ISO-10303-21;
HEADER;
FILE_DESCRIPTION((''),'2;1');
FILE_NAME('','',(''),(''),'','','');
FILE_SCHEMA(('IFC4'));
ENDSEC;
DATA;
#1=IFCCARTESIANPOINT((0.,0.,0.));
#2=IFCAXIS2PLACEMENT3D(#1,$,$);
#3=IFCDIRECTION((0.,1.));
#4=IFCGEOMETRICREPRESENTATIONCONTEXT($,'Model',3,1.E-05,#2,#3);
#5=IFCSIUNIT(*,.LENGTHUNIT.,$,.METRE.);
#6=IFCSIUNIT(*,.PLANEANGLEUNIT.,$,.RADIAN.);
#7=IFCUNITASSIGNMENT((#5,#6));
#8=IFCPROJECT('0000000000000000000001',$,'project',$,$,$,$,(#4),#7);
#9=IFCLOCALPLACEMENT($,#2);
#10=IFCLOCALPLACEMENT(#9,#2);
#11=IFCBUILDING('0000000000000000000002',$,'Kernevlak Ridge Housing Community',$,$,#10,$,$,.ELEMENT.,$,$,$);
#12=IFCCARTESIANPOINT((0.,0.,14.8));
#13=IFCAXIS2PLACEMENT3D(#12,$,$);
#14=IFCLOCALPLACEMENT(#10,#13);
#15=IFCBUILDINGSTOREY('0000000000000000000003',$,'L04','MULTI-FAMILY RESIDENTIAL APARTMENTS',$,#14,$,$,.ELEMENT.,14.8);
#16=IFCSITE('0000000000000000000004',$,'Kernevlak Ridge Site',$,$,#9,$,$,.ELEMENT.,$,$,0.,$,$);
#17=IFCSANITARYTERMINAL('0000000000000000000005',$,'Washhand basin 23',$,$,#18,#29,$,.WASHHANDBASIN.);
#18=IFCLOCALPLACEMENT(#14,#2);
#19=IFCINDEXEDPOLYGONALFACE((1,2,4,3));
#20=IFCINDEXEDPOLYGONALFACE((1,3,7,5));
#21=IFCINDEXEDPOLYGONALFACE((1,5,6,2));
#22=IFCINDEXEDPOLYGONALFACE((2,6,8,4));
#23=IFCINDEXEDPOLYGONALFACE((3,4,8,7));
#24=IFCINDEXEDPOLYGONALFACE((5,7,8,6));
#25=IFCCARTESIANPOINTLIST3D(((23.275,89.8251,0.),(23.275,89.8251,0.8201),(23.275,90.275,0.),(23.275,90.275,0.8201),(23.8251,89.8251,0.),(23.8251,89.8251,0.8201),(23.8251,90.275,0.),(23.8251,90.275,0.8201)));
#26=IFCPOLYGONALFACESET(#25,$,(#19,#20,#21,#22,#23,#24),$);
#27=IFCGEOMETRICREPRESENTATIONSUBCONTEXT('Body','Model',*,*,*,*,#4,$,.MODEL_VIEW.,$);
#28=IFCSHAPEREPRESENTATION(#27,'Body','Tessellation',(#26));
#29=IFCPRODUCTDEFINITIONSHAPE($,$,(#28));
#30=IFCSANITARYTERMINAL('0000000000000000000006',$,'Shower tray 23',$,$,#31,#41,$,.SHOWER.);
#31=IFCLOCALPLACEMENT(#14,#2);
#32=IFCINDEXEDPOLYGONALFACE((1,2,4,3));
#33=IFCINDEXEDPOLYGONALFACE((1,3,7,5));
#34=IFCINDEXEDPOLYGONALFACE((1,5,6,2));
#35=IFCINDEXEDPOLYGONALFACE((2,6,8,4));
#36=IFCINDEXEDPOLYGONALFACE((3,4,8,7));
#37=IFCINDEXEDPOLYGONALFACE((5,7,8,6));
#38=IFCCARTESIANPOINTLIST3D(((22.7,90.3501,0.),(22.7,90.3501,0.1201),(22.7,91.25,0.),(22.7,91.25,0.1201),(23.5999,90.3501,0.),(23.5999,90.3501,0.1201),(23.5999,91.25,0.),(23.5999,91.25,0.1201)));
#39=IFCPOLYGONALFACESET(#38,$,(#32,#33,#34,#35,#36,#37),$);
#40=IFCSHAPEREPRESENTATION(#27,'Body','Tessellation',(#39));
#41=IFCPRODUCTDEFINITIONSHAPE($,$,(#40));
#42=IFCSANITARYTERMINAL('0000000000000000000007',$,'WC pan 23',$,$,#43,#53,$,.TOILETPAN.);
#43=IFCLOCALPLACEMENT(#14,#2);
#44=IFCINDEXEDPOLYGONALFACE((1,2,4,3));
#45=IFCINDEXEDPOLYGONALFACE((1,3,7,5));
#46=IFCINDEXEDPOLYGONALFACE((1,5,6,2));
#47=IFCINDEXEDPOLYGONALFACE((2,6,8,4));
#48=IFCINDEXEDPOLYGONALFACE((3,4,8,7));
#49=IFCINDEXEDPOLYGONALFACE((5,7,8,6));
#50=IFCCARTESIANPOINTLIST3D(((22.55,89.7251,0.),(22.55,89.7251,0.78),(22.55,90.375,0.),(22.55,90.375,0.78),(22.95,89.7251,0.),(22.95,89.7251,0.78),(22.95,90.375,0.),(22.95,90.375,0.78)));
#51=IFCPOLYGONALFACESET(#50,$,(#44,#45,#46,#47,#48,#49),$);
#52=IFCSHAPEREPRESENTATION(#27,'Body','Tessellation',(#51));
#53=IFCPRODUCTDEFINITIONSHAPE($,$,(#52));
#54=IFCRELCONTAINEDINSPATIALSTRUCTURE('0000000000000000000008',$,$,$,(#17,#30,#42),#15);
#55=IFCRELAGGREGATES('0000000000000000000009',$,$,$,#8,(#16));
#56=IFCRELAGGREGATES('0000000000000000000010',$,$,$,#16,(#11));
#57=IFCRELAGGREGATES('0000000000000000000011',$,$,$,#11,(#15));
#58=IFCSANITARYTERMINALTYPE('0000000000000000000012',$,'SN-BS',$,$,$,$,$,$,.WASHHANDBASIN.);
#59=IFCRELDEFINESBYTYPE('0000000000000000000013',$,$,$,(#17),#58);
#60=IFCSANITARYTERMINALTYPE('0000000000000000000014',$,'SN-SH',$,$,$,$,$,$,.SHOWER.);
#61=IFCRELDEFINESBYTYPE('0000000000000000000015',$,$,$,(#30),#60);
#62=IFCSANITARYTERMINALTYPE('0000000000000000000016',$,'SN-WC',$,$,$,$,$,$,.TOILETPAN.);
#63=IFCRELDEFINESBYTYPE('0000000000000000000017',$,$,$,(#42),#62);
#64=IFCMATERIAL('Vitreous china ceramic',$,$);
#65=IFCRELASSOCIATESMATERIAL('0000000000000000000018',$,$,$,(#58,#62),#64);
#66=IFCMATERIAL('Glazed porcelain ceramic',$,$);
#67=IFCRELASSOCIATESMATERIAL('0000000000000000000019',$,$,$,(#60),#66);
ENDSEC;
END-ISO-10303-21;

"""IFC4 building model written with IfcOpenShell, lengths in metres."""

from ifc_helpers import new_model, si_unit, direction, frame, origin, origin_2d, place, context, subcontext, project, spatial, rectangle, extrude, material, type_object, element, save


model = new_model("IFC4")

# Units and contexts
model_context = context("Model", 3, precision=1e-05, world=origin(), true_north=direction((0.0, 1.0)))
body_context = subcontext(model_context, "Body", "Model", "MODEL_VIEW")
ifc_project = project(units=[si_unit("LENGTHUNIT", "METRE"), si_unit("PLANEANGLEUNIT", "RADIAN")], contexts=[model_context])

# Site, building, storey
site_placement = place(None, origin())
site = spatial("IfcSite", under=ifc_project, at=site_placement, Name="Kernevlak Ridge Site", CompositionType="ELEMENT", RefElevation=0.0)
building_placement = place(site_placement, origin())
building = spatial("IfcBuilding", under=site, at=building_placement, Name="Kernevlak Ridge Housing Community", CompositionType="ELEMENT")
storey_placement = place(building_placement, frame((0.0, 0.0, 14.8)))
storey = spatial("IfcBuildingStorey", under=building, at=storey_placement, Name="L04", Description="MULTI-FAMILY RESIDENTIAL APARTMENTS", CompositionType="ELEMENT", Elevation=14.8)

# Sanitary terminals
ifc_material_1 = material(Name="Vitreous china ceramic")
sanitary_terminal_type_1 = type_object("IfcSanitaryTerminalType", Name="SN-BS", PredefinedType="WASHHANDBASIN", material=ifc_material_1)
sanitary_terminal_1_placement = place(storey_placement, frame((23.55, 90.05, 0.0), z_axis=(0.0, 0.0, 1.0), x_axis=(1.0, 0.0, 0.0)))
element("IfcSanitaryTerminal", 1, at=sanitary_terminal_1_placement, inside=storey, type_object=sanitary_terminal_type_1, Name="Washhand basin 23", PredefinedType="WASHHANDBASIN", context=body_context, shape_type="SweptSolid", body=[
    extrude(rectangle(XDim=0.55, YDim=0.45, at=origin_2d()), origin(), (0.0, 0.0, 1.0), 0.8201),
])
ifc_material_2 = material(Name="Glazed porcelain ceramic")
sanitary_terminal_type_2 = type_object("IfcSanitaryTerminalType", Name="SN-SH", PredefinedType="SHOWER", material=ifc_material_2)
sanitary_terminal_2_placement = place(storey_placement, frame((23.1499, 90.8, 0.0), z_axis=(0.0, 0.0, 1.0), x_axis=(1.0, 0.0, 0.0)))
element("IfcSanitaryTerminal", 2, at=sanitary_terminal_2_placement, inside=storey, type_object=sanitary_terminal_type_2, Name="Shower tray 23", PredefinedType="SHOWER", context=body_context, shape_type="SweptSolid", body=[
    extrude(rectangle(XDim=0.8999, YDim=0.8999, at=origin_2d()), origin(), (0.0, 0.0, 1.0), 0.1201),
])
sanitary_terminal_type_3 = type_object("IfcSanitaryTerminalType", Name="SN-WC", PredefinedType="TOILETPAN", material=ifc_material_1)
sanitary_terminal_3_placement = place(storey_placement, frame((22.75, 90.05, 0.0), z_axis=(0.0, 0.0, 1.0), x_axis=(1.0, 0.0, 0.0)))
element("IfcSanitaryTerminal", 3, at=sanitary_terminal_3_placement, inside=storey, type_object=sanitary_terminal_type_3, Name="WC pan 23", PredefinedType="TOILETPAN", context=body_context, shape_type="SweptSolid", body=[
    extrude(rectangle(XDim=0.3999, YDim=0.6499, at=origin_2d()), origin(), (0.0, 0.0, 1.0), 0.78),
])

save(model, "model.ifc")
